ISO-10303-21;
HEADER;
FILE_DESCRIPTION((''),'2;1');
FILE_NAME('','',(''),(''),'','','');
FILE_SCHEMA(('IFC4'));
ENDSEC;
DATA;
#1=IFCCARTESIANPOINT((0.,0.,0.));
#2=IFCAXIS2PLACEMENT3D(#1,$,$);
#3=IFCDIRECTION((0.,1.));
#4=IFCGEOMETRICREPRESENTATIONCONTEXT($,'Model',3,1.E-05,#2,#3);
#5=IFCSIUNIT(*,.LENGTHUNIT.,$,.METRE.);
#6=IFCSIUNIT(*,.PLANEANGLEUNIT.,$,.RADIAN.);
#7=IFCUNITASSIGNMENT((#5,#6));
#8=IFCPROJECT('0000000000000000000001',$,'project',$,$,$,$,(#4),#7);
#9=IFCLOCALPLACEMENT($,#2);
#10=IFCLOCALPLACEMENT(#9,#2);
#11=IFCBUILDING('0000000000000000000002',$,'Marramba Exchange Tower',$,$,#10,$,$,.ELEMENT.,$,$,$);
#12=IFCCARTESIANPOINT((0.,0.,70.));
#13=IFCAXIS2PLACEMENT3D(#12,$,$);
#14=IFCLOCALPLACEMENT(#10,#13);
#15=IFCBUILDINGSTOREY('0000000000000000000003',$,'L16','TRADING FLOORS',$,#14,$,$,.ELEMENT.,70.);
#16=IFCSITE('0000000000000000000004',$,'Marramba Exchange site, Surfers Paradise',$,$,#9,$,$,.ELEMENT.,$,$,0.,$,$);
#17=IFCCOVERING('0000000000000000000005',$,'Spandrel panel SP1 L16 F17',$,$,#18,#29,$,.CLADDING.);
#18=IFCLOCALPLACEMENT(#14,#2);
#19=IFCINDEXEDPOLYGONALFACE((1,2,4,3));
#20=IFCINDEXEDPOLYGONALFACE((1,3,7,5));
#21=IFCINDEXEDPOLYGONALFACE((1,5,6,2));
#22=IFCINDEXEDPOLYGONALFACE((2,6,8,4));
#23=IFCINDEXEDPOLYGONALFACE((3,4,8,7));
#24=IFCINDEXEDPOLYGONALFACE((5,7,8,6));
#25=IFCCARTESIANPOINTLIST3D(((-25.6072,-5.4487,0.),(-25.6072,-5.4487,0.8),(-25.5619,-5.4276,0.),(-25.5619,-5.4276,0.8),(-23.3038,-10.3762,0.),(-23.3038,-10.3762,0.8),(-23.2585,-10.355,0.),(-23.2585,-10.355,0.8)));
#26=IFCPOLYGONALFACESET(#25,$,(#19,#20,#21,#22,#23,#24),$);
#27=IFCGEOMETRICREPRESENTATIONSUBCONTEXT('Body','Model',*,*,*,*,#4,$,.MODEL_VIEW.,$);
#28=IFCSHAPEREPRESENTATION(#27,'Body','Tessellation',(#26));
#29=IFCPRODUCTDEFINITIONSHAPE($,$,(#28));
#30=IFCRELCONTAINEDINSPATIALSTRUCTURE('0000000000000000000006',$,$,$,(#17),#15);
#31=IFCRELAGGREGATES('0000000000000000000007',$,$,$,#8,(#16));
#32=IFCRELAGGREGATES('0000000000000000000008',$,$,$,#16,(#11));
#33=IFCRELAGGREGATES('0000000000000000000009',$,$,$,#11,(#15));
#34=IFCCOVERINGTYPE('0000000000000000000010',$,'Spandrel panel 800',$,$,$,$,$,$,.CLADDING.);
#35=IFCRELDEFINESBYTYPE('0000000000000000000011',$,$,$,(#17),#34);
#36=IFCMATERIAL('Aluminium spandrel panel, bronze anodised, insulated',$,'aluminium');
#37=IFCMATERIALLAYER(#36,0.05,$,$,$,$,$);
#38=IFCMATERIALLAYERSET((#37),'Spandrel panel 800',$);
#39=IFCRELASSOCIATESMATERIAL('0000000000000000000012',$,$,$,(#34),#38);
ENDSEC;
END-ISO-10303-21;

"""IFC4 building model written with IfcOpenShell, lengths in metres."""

from ifc_helpers import new_model, si_unit, direction, frame, origin, origin_2d, place, context, subcontext, project, spatial, rectangle, extrude, material, layer, layer_set, type_object, element, save


model = new_model("IFC4")

# Units and contexts
model_context = context("Model", 3, precision=1e-05, world=origin(), true_north=direction((0.0, 1.0)))
body_context = subcontext(model_context, "Body", "Model", "MODEL_VIEW")
ifc_project = project(units=[si_unit("LENGTHUNIT", "METRE"), si_unit("PLANEANGLEUNIT", "RADIAN")], contexts=[model_context])

# Site, building, storey
site_placement = place(None, origin())
site = spatial("IfcSite", under=ifc_project, at=site_placement, Name="Marramba Exchange site, Surfers Paradise", CompositionType="ELEMENT", RefElevation=0.0)
building_placement = place(site_placement, origin())
building = spatial("IfcBuilding", under=site, at=building_placement, Name="Marramba Exchange Tower", CompositionType="ELEMENT")
storey_placement = place(building_placement, frame((0.0, 0.0, 70.0)))
storey = spatial("IfcBuildingStorey", under=building, at=storey_placement, Name="L16", Description="TRADING FLOORS", CompositionType="ELEMENT", Elevation=70.0)

# Covering
ifc_material_1 = material(Name="Aluminium spandrel panel, bronze anodised, insulated", Category="aluminium")
ifc_layer_1 = layer(ifc_material_1, 0.05)
ifc_layer_set_1 = layer_set([ifc_layer_1], Name="Spandrel panel 800")
covering_type = type_object("IfcCoveringType", Name="Spandrel panel 800", PredefinedType="CLADDING", material=ifc_layer_set_1)
covering_1_placement = place(storey_placement, frame((-24.4329, -7.9019, 0.0), z_axis=(0.0, 0.0, 1.0), x_axis=(0.423477, -0.905907, 0.0)))
element("IfcCovering", 1, at=covering_1_placement, inside=storey, type_object=covering_type, Name="Spandrel panel SP1 L16 F17", PredefinedType="CLADDING", context=body_context, shape_type="SweptSolid", body=[
    extrude(rectangle(XDim=5.4392, YDim=0.05, at=origin_2d()), origin(), (0.0, 0.0, 1.0), 0.8),
])

save(model, "model.ifc")
